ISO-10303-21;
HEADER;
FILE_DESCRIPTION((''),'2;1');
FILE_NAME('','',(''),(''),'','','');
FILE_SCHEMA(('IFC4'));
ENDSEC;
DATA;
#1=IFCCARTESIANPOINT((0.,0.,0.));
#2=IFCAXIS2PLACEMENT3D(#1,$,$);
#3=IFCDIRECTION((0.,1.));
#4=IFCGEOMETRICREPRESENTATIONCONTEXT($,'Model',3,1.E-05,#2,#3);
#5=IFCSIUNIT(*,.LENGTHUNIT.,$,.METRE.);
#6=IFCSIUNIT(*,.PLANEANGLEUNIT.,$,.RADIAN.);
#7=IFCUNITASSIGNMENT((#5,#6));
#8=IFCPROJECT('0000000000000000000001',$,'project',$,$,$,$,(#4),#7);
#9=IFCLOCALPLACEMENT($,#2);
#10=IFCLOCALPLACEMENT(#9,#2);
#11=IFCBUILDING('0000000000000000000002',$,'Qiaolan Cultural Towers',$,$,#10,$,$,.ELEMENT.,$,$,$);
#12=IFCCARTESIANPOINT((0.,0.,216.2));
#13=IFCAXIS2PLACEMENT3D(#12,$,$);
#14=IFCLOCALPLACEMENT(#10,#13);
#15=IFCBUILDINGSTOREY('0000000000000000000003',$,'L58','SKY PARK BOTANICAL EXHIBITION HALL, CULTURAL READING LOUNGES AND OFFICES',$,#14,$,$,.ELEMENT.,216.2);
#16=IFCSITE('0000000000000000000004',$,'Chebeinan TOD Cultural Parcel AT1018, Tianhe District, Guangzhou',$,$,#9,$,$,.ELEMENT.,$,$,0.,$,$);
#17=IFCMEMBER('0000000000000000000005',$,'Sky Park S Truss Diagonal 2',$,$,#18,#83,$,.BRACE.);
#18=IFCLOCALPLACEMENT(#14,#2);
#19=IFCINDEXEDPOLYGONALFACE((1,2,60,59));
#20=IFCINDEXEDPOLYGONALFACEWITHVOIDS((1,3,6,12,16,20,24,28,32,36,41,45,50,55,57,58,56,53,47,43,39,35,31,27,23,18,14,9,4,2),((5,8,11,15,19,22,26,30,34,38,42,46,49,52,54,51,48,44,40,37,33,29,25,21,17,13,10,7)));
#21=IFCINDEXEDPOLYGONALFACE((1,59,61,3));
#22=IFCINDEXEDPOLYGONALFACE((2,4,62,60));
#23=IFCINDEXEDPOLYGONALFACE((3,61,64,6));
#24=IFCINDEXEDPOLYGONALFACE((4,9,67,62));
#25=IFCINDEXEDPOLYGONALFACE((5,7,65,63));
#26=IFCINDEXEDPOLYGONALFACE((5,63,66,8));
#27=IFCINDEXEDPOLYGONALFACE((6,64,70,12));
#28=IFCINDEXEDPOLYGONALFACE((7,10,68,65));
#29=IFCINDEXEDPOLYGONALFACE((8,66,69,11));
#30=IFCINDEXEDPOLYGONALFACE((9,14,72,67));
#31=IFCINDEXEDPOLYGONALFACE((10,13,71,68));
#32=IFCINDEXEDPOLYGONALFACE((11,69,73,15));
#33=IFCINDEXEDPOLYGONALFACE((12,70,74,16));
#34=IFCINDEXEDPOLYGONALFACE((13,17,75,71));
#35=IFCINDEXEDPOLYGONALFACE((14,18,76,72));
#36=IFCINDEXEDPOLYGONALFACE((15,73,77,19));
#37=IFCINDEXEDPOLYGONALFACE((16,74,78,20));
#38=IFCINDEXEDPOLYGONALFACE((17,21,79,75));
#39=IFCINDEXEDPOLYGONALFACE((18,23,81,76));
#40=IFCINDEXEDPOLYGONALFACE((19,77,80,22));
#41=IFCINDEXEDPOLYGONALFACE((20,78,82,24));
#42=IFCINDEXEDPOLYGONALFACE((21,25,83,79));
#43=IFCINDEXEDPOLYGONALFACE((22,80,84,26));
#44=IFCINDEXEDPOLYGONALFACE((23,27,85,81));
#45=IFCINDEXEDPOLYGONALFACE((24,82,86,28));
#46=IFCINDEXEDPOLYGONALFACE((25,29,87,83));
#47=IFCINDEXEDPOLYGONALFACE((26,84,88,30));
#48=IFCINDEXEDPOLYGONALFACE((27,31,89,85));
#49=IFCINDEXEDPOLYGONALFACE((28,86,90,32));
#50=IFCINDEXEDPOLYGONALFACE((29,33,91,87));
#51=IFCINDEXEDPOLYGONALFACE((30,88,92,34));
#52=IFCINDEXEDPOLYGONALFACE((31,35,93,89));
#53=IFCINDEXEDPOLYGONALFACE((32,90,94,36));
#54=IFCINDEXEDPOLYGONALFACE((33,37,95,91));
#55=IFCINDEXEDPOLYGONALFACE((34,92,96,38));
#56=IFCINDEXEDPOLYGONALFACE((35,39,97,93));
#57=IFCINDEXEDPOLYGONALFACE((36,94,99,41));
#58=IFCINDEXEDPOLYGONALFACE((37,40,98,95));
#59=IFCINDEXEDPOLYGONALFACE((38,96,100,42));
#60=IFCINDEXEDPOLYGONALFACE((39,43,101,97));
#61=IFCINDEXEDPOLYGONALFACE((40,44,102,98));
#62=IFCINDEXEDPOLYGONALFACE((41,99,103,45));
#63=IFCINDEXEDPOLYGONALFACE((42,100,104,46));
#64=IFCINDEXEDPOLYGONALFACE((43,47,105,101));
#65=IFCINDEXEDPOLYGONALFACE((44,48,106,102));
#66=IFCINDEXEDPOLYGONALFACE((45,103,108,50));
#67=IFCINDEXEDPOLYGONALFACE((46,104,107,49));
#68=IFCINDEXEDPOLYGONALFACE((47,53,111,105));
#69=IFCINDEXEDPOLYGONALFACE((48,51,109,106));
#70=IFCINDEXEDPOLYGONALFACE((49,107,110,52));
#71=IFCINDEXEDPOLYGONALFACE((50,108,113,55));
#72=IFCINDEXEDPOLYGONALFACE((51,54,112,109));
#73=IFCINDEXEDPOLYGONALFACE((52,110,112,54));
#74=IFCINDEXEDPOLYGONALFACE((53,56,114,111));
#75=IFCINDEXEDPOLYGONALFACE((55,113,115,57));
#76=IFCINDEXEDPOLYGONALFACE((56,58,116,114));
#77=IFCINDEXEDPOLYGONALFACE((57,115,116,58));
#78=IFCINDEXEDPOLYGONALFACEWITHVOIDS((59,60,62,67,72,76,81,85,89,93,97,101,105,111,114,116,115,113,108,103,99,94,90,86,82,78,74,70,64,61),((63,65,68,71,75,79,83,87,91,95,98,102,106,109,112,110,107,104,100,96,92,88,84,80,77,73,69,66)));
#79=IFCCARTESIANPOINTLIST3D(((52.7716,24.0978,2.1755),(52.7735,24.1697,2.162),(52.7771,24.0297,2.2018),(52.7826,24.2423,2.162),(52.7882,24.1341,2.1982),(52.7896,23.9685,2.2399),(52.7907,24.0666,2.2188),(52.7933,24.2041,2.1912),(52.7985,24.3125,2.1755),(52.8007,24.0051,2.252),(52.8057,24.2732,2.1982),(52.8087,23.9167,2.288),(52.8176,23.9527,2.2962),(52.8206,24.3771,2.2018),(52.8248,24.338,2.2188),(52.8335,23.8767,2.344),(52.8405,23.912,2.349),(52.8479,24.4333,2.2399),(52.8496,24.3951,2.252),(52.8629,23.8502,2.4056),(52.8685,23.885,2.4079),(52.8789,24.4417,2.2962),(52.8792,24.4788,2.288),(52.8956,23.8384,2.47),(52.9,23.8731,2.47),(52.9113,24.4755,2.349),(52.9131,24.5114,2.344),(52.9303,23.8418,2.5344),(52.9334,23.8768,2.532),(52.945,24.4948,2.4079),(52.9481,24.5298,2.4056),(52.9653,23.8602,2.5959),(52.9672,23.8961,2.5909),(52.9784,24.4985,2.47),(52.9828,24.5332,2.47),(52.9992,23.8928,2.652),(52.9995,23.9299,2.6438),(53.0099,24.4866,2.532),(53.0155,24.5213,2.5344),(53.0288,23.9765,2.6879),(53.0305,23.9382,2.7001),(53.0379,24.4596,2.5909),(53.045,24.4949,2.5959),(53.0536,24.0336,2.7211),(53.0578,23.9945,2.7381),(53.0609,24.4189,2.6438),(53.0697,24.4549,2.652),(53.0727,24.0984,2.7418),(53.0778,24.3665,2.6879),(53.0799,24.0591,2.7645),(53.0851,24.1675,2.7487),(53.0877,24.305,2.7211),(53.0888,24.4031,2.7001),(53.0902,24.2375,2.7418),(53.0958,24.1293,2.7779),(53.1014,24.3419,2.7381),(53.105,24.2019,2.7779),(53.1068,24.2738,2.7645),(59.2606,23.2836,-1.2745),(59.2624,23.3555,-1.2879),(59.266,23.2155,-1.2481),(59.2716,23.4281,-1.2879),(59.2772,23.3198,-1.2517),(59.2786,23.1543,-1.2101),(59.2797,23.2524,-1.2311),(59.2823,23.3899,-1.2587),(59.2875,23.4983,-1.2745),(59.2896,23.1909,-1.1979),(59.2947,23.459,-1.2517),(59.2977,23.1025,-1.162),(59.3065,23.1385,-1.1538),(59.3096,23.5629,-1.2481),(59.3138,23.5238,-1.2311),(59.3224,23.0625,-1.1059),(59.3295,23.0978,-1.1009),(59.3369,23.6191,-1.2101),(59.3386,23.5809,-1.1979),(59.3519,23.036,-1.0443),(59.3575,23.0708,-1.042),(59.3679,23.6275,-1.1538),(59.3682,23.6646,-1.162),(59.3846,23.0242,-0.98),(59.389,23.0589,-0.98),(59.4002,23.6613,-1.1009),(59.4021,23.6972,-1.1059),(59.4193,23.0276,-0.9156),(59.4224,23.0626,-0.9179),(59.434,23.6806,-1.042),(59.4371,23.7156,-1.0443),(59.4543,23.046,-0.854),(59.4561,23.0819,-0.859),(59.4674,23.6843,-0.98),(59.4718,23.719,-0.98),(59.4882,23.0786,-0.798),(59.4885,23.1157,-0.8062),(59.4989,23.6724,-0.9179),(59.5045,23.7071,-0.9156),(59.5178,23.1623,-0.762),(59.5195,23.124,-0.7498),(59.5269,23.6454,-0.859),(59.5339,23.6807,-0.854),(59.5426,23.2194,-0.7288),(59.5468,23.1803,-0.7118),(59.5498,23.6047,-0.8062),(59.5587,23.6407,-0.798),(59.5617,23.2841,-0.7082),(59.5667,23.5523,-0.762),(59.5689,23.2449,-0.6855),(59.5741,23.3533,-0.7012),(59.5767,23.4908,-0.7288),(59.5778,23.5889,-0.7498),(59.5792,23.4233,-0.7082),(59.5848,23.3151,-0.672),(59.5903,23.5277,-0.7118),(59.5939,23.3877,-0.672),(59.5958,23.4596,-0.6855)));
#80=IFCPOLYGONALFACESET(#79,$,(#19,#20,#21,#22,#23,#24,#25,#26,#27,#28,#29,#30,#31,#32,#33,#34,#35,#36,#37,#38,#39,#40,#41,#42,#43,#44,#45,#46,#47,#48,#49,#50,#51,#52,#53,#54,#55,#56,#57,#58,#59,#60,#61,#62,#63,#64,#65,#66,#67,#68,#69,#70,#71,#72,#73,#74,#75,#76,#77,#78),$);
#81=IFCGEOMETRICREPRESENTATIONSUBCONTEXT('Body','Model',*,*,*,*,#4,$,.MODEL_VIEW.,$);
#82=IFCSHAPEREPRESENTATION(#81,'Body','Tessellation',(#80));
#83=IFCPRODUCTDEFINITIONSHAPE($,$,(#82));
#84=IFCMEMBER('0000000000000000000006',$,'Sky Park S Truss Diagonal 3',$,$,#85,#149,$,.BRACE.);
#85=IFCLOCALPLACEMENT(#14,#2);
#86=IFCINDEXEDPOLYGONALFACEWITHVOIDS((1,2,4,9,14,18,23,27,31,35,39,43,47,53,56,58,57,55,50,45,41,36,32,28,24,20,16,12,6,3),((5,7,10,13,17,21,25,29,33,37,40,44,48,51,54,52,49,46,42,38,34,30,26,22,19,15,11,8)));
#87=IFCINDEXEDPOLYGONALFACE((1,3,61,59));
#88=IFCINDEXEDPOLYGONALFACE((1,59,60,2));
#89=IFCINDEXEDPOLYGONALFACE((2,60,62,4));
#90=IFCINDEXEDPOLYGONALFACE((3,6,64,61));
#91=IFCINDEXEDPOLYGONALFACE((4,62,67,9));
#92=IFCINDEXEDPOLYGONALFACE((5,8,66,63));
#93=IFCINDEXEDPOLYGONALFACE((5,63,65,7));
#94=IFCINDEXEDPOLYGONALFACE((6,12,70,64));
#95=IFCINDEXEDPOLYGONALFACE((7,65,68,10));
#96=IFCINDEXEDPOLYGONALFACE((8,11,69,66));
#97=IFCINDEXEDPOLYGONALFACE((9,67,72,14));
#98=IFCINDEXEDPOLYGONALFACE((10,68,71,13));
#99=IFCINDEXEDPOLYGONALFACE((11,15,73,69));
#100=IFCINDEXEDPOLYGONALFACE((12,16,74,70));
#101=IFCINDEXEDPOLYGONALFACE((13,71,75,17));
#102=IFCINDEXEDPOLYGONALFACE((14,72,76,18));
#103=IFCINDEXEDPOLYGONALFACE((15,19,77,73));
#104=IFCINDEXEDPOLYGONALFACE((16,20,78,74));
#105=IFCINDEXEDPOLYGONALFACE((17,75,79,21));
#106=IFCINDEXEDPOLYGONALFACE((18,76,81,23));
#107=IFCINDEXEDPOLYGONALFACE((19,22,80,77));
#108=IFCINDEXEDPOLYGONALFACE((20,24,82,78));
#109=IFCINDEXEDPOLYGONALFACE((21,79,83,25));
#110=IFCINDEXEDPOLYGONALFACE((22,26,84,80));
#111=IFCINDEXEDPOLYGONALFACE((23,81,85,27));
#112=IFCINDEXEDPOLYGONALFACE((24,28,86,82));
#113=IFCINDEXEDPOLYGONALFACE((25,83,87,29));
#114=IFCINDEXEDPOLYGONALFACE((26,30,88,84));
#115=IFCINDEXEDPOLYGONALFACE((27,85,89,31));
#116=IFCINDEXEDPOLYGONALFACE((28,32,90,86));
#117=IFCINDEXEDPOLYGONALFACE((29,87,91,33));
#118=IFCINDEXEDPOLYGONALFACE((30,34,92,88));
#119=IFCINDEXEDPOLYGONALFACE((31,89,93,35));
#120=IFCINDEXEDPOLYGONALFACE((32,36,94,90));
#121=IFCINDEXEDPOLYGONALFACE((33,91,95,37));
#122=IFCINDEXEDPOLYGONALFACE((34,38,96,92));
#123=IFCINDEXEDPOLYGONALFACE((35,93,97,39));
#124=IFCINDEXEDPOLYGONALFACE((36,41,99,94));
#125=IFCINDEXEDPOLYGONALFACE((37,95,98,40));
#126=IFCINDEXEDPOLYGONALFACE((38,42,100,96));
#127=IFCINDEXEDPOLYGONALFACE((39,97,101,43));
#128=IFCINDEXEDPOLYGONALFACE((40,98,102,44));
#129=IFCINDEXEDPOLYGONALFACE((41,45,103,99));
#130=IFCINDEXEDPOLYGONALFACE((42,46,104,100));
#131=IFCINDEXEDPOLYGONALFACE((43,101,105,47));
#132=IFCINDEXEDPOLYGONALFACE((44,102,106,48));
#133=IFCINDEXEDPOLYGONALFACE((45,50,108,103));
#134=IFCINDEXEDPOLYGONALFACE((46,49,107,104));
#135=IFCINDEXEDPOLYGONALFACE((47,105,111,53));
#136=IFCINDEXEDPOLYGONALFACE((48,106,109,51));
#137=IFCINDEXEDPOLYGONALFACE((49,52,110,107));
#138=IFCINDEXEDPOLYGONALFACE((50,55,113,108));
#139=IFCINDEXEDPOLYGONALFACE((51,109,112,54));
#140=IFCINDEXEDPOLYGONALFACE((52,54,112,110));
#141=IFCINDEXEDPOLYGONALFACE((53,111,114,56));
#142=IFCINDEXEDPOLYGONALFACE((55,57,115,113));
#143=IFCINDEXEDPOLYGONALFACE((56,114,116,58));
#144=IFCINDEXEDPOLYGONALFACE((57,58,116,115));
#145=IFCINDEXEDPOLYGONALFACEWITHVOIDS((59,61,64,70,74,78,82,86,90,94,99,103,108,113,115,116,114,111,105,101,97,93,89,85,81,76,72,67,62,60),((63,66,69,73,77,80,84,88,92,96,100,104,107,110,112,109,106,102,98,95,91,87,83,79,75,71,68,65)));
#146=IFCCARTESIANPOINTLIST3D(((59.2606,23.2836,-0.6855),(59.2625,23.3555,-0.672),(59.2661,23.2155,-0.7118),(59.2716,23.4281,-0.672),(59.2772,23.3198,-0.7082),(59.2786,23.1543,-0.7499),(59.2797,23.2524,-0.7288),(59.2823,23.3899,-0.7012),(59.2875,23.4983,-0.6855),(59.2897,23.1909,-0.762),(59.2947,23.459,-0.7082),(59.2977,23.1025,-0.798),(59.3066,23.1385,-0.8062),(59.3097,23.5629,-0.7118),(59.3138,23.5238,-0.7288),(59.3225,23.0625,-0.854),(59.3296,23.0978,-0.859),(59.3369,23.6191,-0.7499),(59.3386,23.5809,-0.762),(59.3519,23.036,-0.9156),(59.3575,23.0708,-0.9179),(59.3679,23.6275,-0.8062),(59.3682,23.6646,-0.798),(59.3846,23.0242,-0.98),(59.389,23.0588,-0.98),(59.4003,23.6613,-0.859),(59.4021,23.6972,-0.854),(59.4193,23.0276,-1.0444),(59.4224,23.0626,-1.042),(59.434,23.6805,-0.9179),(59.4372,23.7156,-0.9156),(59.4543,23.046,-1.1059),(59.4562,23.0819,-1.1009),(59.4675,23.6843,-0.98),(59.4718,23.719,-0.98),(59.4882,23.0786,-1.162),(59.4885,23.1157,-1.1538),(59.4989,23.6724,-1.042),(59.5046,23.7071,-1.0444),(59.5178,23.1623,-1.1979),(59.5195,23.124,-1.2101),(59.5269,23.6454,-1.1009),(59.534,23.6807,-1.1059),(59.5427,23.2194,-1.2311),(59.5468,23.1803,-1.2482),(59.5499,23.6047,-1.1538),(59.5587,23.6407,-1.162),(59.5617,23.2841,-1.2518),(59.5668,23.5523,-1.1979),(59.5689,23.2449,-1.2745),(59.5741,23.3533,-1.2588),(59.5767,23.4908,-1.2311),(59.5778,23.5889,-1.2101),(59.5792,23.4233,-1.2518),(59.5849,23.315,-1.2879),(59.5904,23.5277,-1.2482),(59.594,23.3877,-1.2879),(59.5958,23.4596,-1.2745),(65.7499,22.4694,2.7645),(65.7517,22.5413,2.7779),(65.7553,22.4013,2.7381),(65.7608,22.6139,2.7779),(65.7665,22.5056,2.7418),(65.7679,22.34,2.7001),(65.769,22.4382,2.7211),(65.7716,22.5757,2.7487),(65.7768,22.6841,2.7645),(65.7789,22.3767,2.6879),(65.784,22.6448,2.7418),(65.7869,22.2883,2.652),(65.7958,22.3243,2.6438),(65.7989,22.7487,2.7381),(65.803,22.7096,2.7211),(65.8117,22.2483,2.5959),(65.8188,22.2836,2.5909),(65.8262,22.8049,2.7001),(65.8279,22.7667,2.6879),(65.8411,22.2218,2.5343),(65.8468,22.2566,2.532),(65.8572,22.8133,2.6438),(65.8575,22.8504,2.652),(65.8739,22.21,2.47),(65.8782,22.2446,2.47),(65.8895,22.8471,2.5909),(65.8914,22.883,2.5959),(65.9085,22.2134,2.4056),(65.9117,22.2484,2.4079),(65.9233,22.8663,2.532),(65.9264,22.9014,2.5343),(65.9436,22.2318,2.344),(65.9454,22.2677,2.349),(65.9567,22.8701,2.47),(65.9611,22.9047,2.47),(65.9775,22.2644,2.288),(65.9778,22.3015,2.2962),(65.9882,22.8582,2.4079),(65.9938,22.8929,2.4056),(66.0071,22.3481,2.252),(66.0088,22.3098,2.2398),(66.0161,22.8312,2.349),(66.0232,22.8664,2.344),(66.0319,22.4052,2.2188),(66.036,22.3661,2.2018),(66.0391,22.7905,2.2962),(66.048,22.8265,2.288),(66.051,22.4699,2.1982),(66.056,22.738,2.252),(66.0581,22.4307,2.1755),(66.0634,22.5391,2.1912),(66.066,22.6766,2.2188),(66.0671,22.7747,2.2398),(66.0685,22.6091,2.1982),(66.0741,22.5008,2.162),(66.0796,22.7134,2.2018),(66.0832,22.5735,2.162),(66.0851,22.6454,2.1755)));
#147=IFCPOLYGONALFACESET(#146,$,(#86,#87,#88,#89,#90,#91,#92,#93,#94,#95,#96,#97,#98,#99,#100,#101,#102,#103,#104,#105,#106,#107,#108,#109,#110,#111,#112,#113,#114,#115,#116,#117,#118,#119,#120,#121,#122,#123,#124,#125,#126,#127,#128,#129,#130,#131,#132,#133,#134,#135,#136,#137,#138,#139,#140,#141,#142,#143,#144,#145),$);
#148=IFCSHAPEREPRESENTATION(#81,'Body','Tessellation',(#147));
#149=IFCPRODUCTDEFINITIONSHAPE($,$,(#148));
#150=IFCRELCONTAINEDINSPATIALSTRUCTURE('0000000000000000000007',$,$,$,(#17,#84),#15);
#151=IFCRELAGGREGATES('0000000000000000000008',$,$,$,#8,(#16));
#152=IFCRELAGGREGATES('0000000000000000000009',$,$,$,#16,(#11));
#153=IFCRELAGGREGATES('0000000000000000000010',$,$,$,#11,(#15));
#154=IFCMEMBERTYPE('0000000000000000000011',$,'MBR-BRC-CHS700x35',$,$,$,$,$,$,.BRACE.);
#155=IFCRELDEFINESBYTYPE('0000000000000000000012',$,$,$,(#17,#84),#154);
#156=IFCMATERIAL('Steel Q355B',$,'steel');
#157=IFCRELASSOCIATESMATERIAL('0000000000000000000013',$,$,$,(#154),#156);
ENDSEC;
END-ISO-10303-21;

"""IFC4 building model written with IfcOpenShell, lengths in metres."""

from ifc_helpers import new_model, si_unit, direction, frame, origin, origin_2d, place, context, subcontext, project, spatial, hollow_circle, extrude, material, material_profile, profile_set, type_object, element, save


model = new_model("IFC4")

# Units and contexts
model_context = context("Model", 3, precision=1e-05, world=origin(), true_north=direction((0.0, 1.0)))
body_context = subcontext(model_context, "Body", "Model", "MODEL_VIEW")
ifc_project = project(units=[si_unit("LENGTHUNIT", "METRE"), si_unit("PLANEANGLEUNIT", "RADIAN")], contexts=[model_context])

# Site, building, storey
site_placement = place(None, origin())
site = spatial("IfcSite", under=ifc_project, at=site_placement, Name="Chebeinan TOD Cultural Parcel AT1018, Tianhe District, Guangzhou", CompositionType="ELEMENT", RefElevation=0.0)
building_placement = place(site_placement, origin())
building = spatial("IfcBuilding", under=site, at=building_placement, Name="Qiaolan Cultural Towers", CompositionType="ELEMENT")
storey_placement = place(building_placement, frame((0.0, 0.0, 216.2)))
storey = spatial("IfcBuildingStorey", under=building, at=storey_placement, Name="L58", Description="SKY PARK BOTANICAL EXHIBITION HALL, CULTURAL READING LOUNGES AND OFFICES", CompositionType="ELEMENT", Elevation=216.2)

# Members
ifc_material_1 = material(Name="Steel Q355B", Category="steel")
ifc_material_profile_1 = material_profile(ifc_material_1, hollow_circle(Radius=0.3501, WallThickness=0.0349, at=origin_2d()), Name="CHS700x35")
ifc_profile_set_1 = profile_set([ifc_material_profile_1], Name="Steel Q355B")
member_type_1 = type_object("IfcMemberType", Name="MBR-BRC-CHS700x35", PredefinedType="BRACE", material=ifc_profile_set_1)
member_1_placement = place(storey_placement, frame((52.9392, 24.1858, 2.47), z_axis=(0.877596, -0.110116, -0.466583), x_axis=(0.124499, 0.99222, 0.0)))
element("IfcMember", 1, at=member_1_placement, inside=storey, type_object=member_type_1, Name="Sky Park S Truss Diagonal 2", PredefinedType="BRACE", context=body_context, shape_type="SweptSolid", body=[
    extrude(hollow_circle(Radius=0.3501, WallThickness=0.0349, at=origin_2d()), origin(), (0.0, 0.0, 1.0), 7.394),
])
member_2_placement = place(storey_placement, frame((59.4282, 23.3716, -0.98), z_axis=(0.877604, -0.110113, 0.466569), x_axis=(0.124494, 0.99222, 0.0)))
element("IfcMember", 2, at=member_2_placement, inside=storey, type_object=member_type_1, Name="Sky Park S Truss Diagonal 3", PredefinedType="BRACE", context=body_context, shape_type="SweptSolid", body=[
    extrude(hollow_circle(Radius=0.3501, WallThickness=0.0349, at=origin_2d()), origin(), (0.0, 0.0, 1.0), 7.3943),
])

save(model, "model.ifc")
